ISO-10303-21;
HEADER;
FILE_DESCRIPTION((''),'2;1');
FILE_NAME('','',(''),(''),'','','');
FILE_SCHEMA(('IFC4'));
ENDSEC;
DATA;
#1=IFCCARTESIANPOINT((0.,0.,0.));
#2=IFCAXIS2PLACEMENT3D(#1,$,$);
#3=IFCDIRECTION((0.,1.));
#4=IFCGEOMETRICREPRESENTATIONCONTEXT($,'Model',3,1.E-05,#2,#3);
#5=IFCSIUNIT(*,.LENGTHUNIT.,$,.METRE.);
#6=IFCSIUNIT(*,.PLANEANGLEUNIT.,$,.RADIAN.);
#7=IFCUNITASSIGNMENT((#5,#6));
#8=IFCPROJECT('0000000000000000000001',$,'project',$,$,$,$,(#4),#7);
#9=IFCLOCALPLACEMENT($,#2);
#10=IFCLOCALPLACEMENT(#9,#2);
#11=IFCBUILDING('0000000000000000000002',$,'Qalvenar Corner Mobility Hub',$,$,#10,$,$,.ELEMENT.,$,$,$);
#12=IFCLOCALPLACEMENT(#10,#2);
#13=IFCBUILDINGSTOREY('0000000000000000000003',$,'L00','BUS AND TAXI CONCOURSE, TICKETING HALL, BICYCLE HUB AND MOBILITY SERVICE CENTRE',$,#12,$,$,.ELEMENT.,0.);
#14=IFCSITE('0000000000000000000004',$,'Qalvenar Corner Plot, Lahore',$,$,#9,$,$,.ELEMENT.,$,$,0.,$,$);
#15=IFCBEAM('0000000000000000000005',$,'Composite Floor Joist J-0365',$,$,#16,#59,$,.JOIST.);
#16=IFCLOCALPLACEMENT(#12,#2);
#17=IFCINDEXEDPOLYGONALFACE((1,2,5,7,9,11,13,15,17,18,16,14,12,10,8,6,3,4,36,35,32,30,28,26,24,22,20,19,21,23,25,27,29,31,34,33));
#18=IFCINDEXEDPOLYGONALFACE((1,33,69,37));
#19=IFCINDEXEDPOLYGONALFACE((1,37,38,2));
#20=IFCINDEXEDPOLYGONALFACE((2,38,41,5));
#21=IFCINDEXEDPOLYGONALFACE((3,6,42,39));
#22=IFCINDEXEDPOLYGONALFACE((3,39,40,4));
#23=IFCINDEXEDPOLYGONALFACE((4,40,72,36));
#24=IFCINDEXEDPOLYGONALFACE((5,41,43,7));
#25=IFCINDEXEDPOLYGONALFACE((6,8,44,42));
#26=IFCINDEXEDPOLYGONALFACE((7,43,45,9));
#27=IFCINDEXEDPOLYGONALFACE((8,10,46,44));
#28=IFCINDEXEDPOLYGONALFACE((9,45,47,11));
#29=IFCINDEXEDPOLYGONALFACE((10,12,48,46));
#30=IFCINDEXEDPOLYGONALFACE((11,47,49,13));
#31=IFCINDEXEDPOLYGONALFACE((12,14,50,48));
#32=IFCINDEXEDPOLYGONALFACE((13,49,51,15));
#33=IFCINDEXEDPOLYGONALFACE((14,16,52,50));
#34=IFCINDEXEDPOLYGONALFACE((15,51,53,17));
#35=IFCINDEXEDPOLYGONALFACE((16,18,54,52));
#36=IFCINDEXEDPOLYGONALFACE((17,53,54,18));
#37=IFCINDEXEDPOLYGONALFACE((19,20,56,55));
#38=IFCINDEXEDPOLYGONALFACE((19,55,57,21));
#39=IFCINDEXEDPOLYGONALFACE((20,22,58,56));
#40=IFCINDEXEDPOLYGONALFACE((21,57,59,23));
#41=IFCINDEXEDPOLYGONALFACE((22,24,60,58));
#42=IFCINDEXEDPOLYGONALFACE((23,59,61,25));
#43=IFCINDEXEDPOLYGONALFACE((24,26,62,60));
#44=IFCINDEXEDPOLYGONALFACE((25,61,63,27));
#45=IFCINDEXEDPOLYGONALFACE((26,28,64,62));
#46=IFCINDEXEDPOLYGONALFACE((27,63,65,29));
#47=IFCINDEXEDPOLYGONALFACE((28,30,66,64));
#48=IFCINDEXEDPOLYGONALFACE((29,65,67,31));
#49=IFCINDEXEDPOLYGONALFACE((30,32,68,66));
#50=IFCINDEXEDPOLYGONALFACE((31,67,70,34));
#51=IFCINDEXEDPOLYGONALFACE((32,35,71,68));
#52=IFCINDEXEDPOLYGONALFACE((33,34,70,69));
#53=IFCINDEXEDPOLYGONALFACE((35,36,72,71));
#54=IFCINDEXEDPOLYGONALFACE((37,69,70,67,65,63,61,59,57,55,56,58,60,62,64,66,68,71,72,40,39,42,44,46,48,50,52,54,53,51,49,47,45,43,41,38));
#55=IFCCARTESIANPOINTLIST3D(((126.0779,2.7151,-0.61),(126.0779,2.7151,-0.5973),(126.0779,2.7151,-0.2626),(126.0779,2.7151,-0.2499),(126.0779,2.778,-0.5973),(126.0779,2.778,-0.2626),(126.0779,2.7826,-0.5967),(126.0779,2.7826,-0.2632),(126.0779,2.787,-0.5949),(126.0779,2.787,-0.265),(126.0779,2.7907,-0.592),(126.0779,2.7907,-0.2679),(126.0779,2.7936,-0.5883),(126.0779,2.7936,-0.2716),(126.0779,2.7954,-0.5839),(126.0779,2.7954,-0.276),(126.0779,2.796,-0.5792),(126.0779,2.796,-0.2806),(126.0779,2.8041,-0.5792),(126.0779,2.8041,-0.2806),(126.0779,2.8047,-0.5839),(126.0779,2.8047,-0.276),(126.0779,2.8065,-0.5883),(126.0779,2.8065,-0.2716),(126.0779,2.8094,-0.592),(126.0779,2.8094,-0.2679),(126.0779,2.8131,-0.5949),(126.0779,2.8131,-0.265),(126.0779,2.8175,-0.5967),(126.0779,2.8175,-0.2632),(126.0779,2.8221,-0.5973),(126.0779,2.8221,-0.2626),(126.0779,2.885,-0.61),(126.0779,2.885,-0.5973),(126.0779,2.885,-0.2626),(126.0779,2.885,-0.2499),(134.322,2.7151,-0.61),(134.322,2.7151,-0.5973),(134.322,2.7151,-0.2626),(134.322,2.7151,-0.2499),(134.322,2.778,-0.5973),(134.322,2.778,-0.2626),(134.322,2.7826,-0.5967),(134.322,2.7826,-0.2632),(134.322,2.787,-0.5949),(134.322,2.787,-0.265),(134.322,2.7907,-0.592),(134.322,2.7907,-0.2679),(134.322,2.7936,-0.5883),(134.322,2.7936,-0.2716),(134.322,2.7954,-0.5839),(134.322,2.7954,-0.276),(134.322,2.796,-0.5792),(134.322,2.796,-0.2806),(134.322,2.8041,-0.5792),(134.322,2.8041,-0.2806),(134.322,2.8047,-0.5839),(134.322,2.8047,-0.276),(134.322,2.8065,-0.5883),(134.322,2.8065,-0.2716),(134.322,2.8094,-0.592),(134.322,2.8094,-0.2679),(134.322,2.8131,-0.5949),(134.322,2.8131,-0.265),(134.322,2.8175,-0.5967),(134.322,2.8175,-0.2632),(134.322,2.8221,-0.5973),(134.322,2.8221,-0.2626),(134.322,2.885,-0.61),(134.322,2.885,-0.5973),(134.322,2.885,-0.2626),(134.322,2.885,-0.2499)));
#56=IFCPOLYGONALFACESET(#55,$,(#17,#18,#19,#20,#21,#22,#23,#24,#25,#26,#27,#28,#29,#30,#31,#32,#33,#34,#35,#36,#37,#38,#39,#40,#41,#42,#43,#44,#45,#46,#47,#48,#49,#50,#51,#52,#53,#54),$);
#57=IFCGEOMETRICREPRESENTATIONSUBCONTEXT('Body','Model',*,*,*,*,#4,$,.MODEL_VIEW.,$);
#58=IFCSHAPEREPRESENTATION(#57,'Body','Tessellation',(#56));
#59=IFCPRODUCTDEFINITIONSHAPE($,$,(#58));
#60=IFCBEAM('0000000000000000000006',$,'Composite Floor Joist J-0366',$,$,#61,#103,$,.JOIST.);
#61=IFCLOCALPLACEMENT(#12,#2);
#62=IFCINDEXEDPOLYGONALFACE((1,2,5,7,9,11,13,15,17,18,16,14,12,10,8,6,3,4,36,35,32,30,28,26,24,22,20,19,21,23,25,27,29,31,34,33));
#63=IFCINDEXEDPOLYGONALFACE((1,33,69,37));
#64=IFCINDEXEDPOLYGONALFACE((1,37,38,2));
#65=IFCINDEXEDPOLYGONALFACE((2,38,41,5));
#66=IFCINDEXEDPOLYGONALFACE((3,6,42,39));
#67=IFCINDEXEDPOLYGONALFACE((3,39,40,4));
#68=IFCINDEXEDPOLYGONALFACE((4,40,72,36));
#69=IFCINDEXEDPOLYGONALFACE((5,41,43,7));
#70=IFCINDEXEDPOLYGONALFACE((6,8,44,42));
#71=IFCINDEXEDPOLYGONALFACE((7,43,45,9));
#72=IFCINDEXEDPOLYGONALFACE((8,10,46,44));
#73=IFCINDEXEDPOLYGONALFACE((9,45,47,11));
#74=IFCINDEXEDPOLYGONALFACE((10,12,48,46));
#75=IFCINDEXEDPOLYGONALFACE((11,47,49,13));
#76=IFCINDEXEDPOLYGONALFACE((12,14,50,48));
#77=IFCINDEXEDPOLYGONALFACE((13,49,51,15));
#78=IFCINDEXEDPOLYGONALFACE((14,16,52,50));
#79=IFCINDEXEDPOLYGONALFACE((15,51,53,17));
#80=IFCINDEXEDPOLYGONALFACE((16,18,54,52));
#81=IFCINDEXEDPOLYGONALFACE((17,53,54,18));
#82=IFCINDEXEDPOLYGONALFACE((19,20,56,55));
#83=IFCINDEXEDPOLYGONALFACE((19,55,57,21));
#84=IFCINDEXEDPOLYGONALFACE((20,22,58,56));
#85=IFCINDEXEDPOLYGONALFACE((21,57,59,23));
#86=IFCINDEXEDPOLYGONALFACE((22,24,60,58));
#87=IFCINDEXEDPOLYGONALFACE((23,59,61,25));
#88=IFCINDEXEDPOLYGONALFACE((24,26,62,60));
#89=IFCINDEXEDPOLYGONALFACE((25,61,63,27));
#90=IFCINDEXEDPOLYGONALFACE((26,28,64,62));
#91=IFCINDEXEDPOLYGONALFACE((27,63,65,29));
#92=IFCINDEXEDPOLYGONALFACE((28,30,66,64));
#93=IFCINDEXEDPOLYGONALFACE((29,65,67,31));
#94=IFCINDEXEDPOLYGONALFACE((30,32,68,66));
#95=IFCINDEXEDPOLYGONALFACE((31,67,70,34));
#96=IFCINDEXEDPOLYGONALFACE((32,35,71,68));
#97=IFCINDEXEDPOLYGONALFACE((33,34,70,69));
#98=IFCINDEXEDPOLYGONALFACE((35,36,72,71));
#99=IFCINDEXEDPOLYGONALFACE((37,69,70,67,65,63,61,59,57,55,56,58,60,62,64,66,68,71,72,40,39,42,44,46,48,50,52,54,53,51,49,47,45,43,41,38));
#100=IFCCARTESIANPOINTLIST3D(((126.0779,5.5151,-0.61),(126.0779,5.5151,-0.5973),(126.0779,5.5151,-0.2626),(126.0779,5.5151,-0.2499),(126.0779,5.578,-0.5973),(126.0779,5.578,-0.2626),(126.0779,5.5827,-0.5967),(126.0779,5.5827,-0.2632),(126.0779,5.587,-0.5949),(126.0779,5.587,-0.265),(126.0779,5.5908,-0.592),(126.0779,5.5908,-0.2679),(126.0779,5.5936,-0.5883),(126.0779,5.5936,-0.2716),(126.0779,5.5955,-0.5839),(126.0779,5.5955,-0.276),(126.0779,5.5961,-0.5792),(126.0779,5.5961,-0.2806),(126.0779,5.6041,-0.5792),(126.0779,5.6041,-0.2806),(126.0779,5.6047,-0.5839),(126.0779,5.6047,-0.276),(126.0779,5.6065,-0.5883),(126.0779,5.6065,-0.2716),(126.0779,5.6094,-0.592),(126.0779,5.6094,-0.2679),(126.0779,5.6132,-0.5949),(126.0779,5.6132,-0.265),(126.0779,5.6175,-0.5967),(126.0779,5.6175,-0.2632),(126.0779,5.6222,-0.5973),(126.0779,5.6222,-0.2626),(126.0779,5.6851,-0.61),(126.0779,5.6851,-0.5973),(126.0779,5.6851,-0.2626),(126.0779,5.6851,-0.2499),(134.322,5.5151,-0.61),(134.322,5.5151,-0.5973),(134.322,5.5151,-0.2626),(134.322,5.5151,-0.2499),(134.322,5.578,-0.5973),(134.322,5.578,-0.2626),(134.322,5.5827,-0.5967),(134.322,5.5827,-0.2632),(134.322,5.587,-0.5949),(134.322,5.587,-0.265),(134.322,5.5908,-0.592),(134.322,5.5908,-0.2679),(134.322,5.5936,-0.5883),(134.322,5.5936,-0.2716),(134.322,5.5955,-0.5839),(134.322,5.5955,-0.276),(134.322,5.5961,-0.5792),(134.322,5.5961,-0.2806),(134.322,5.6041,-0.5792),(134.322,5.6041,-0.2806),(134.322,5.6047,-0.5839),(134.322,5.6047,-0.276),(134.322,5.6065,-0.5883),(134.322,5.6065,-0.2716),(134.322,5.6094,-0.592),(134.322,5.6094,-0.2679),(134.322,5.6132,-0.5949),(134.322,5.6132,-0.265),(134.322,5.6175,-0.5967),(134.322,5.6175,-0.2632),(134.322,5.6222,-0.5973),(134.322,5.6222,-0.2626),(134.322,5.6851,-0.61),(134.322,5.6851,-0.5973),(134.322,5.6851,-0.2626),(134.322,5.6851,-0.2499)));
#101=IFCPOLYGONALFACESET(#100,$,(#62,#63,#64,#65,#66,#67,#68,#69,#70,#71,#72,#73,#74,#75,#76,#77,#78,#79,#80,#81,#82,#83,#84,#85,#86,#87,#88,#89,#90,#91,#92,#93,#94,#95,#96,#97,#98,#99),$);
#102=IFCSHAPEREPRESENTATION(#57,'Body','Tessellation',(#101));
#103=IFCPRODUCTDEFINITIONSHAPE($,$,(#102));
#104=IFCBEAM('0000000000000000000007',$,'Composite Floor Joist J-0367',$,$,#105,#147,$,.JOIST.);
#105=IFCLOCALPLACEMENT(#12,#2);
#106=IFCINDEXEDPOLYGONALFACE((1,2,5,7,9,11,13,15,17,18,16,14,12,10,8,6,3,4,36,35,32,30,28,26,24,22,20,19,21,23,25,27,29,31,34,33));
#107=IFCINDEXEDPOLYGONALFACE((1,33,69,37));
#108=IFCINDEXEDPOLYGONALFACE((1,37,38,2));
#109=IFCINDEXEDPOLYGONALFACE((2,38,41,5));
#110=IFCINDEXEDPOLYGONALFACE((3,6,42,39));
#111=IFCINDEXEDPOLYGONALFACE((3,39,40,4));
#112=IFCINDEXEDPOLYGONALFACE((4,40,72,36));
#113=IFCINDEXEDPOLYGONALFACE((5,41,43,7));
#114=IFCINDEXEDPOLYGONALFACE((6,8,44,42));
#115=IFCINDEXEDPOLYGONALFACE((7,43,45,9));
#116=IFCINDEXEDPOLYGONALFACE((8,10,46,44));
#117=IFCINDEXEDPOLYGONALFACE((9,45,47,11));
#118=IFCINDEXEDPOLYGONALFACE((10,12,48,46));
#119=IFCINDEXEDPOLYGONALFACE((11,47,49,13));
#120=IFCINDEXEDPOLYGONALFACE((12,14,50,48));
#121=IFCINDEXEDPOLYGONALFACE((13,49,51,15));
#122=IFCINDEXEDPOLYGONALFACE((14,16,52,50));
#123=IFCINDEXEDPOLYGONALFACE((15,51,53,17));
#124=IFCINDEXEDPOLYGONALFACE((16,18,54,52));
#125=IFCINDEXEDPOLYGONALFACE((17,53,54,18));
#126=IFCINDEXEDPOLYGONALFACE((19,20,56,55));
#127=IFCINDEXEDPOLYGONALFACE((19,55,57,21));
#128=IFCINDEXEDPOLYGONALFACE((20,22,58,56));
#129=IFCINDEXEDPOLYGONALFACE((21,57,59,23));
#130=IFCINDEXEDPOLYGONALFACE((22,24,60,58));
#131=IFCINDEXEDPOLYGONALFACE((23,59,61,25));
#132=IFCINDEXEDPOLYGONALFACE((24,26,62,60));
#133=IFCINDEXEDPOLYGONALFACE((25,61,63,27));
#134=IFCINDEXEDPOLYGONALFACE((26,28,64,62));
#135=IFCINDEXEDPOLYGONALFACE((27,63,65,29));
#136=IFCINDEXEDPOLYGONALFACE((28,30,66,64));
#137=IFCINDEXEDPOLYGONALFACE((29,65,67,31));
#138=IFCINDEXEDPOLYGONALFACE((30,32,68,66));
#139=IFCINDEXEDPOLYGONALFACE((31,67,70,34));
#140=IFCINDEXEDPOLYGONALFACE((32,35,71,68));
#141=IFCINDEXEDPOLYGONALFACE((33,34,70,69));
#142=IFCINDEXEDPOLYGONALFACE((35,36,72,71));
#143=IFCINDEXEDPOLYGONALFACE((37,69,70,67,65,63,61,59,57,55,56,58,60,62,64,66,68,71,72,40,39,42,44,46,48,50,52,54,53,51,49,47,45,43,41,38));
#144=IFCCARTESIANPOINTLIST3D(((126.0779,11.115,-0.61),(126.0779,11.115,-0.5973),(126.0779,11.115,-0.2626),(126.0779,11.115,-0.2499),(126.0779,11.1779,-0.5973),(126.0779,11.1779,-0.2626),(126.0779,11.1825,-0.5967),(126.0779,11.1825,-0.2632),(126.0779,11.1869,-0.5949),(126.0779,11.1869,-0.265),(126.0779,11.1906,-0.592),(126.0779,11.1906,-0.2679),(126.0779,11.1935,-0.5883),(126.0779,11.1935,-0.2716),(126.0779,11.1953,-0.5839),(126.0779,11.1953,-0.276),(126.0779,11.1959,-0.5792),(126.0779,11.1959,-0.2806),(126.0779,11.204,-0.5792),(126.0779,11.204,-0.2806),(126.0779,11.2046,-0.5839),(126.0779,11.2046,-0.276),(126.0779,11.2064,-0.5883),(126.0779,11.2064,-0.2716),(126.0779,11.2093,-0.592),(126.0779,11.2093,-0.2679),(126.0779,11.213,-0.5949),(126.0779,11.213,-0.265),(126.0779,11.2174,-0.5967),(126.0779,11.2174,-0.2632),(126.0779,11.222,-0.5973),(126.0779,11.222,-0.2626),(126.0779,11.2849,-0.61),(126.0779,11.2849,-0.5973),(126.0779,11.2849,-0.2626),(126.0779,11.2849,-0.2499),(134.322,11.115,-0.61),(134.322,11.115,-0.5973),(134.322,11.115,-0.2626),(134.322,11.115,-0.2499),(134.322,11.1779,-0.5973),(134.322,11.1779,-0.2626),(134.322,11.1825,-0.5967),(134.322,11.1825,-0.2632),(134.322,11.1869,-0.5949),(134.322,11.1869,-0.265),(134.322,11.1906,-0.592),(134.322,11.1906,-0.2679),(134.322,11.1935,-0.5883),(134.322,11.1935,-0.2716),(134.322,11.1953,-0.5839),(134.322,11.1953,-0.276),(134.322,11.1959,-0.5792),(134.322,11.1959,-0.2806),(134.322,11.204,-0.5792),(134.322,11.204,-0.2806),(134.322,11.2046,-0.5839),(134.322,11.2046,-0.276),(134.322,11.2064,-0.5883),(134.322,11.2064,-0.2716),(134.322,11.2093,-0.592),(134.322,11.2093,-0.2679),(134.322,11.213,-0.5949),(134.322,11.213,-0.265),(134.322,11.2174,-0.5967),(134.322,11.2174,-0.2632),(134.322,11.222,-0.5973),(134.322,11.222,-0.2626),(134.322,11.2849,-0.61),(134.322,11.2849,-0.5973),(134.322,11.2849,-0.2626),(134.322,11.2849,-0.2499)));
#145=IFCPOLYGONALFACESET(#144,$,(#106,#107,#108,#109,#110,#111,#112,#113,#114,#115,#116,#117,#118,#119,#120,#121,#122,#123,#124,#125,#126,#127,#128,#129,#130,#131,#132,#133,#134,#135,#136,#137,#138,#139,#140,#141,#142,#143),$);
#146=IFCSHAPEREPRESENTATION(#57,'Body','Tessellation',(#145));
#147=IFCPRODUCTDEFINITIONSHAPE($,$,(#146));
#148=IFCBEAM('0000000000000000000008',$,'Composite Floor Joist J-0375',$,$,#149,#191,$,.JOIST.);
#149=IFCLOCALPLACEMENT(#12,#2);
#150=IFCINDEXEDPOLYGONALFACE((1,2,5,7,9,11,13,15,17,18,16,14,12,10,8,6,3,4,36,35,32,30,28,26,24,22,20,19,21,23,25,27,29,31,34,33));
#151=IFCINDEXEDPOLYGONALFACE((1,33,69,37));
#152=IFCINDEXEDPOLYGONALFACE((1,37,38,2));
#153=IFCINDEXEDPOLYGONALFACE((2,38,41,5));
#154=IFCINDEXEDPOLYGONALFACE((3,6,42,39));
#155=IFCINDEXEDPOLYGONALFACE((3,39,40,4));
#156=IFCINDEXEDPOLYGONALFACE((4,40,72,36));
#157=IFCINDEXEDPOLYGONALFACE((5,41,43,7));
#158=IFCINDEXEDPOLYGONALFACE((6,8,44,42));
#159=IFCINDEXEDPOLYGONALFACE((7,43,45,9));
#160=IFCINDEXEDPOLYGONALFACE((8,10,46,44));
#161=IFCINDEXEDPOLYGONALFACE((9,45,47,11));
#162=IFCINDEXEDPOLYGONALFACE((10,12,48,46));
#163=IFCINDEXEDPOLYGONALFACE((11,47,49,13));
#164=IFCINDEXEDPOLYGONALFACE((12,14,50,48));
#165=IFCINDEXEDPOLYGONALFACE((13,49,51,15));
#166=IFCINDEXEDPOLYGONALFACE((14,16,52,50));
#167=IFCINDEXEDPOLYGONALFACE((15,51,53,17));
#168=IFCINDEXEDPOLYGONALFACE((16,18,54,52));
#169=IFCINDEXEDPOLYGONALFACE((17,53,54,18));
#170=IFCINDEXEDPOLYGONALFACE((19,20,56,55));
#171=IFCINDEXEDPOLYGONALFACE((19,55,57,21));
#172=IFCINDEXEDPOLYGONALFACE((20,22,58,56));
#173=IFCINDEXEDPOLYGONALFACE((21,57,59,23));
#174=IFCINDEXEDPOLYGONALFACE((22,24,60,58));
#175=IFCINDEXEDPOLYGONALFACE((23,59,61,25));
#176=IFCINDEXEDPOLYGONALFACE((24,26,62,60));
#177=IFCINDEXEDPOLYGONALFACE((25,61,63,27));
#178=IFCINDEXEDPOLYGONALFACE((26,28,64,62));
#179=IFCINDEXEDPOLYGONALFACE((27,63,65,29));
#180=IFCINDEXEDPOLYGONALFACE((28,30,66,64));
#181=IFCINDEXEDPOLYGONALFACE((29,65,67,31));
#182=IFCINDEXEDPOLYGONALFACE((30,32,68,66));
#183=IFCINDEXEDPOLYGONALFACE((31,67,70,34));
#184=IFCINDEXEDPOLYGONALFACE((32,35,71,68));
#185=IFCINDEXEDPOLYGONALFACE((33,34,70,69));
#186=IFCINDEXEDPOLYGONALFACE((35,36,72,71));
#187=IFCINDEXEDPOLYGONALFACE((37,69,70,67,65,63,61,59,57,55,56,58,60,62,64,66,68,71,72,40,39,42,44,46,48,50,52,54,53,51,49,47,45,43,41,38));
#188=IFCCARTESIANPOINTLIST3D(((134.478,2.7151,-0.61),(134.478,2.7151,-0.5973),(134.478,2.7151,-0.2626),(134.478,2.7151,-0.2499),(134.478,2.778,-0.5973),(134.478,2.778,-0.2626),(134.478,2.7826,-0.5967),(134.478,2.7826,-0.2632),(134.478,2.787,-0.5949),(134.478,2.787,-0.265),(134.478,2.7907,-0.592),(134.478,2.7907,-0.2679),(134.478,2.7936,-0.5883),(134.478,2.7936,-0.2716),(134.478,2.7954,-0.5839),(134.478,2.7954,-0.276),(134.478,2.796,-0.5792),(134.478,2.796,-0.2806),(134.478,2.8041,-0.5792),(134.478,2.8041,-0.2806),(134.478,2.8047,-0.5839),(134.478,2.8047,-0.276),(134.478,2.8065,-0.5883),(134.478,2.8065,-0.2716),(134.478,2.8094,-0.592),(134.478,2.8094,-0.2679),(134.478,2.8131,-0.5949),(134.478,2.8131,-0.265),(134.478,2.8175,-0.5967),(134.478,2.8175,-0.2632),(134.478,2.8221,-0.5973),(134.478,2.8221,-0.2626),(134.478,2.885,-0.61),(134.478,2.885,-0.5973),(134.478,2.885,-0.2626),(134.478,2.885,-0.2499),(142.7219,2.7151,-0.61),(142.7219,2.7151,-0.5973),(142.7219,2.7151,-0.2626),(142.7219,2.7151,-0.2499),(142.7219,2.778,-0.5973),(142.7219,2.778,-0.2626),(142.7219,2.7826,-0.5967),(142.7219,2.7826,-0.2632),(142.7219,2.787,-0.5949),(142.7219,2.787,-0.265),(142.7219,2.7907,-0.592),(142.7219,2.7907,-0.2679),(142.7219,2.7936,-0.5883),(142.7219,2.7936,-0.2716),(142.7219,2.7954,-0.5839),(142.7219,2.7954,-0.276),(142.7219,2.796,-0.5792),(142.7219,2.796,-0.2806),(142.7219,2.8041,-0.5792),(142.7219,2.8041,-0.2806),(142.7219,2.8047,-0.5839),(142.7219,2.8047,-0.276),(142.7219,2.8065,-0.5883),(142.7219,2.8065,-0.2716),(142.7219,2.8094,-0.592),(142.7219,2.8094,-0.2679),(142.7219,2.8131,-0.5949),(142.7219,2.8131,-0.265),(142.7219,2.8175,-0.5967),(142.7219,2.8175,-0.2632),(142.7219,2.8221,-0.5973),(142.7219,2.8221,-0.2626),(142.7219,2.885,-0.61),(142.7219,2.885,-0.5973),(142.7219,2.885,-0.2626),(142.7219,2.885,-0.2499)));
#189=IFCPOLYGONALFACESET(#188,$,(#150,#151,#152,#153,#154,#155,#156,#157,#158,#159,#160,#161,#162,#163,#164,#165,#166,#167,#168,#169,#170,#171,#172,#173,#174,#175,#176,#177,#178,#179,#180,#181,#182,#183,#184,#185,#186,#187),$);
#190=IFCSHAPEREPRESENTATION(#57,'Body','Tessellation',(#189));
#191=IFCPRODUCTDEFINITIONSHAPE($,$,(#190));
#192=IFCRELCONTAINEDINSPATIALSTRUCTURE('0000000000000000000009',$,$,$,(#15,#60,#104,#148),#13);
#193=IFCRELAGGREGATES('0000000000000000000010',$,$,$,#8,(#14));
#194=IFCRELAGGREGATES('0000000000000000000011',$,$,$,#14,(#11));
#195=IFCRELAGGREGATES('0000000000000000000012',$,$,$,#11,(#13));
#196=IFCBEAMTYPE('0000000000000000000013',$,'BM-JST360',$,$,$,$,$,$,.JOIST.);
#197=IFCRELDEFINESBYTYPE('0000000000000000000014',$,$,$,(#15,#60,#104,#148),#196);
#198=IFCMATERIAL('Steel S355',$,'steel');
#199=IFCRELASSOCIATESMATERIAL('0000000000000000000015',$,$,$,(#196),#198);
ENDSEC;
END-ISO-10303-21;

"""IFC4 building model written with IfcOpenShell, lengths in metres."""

from ifc_helpers import new_model, si_unit, direction, frame, origin, origin_2d, place, context, subcontext, project, spatial, i_section, extrude, material, material_profile, profile_set, type_object, element, save


model = new_model("IFC4")

# Units and contexts
model_context = context("Model", 3, precision=1e-05, world=origin(), true_north=direction((0.0, 1.0)))
body_context = subcontext(model_context, "Body", "Model", "MODEL_VIEW")
ifc_project = project(units=[si_unit("LENGTHUNIT", "METRE"), si_unit("PLANEANGLEUNIT", "RADIAN")], contexts=[model_context])

# Site, building, storey
site_placement = place(None, origin())
site = spatial("IfcSite", under=ifc_project, at=site_placement, Name="Qalvenar Corner Plot, Lahore", CompositionType="ELEMENT", RefElevation=0.0)
building_placement = place(site_placement, origin())
building = spatial("IfcBuilding", under=site, at=building_placement, Name="Qalvenar Corner Mobility Hub", CompositionType="ELEMENT")
storey_placement = place(building_placement, origin())
storey = spatial("IfcBuildingStorey", under=building, at=storey_placement, Name="L00", Description="BUS AND TAXI CONCOURSE, TICKETING HALL, BICYCLE HUB AND MOBILITY SERVICE CENTRE", CompositionType="ELEMENT", Elevation=0.0)

# Shared definitions
ifc_material_1 = material(Name="Steel S355", Category="steel")

# Beams
ifc_material_profile_1 = material_profile(ifc_material_1, i_section(OverallWidth=0.1699, OverallDepth=0.3601, WebThickness=0.0081, FlangeThickness=0.0127, FilletRadius=0.0181, at=origin_2d()), Name="IPE360")
ifc_profile_set_1 = profile_set([ifc_material_profile_1], Name="Steel S355")
beam_type_1 = type_object("IfcBeamType", Name="BM-JST360", PredefinedType="JOIST", material=ifc_profile_set_1)
for number, where, z_axis, x_axis, name in (
    (1, (126.0779, 2.8, -0.4299), (1.0, 0.0, 0.0), (0.0, 1.0, 0.0), "Composite Floor Joist J-0365"),
    (2, (126.0779, 5.6001, -0.4299), (1.0, 0.0, 0.0), (0.0, 1.0, 0.0), "Composite Floor Joist J-0366"),
    (3, (126.0779, 11.2, -0.4299), (1.0, 0.0, 0.0), (0.0, 1.0, 0.0), "Composite Floor Joist J-0367"),
):
    element("IfcBeam", number, at=place(storey_placement, frame(where, z_axis=z_axis, x_axis=x_axis)), inside=storey, type_object=beam_type_1, Name=name, PredefinedType="JOIST", context=body_context, shape_type="SweptSolid", body=[
        extrude(i_section(OverallWidth=0.1699, OverallDepth=0.3601, WebThickness=0.0081, FlangeThickness=0.0127, FilletRadius=0.0181, at=origin_2d()), origin(), (0.0, 0.0, 1.0), 8.2441),
    ])
for number, where, z_axis, x_axis, name in (
    (4, (134.478, 2.8, -0.4299), (1.0, 0.0, 0.0), (0.0, 1.0, 0.0), "Composite Floor Joist J-0375"),
):
    element("IfcBeam", number, at=place(storey_placement, frame(where, z_axis=z_axis, x_axis=x_axis)), inside=storey, type_object=beam_type_1, Name=name, PredefinedType="JOIST", context=body_context, shape_type="SweptSolid", body=[
        extrude(i_section(OverallWidth=0.1699, OverallDepth=0.3601, WebThickness=0.0081, FlangeThickness=0.0127, FilletRadius=0.0181, at=origin_2d()), origin(), (0.0, 0.0, 1.0), 8.2439),
    ])

save(model, "model.ifc")
